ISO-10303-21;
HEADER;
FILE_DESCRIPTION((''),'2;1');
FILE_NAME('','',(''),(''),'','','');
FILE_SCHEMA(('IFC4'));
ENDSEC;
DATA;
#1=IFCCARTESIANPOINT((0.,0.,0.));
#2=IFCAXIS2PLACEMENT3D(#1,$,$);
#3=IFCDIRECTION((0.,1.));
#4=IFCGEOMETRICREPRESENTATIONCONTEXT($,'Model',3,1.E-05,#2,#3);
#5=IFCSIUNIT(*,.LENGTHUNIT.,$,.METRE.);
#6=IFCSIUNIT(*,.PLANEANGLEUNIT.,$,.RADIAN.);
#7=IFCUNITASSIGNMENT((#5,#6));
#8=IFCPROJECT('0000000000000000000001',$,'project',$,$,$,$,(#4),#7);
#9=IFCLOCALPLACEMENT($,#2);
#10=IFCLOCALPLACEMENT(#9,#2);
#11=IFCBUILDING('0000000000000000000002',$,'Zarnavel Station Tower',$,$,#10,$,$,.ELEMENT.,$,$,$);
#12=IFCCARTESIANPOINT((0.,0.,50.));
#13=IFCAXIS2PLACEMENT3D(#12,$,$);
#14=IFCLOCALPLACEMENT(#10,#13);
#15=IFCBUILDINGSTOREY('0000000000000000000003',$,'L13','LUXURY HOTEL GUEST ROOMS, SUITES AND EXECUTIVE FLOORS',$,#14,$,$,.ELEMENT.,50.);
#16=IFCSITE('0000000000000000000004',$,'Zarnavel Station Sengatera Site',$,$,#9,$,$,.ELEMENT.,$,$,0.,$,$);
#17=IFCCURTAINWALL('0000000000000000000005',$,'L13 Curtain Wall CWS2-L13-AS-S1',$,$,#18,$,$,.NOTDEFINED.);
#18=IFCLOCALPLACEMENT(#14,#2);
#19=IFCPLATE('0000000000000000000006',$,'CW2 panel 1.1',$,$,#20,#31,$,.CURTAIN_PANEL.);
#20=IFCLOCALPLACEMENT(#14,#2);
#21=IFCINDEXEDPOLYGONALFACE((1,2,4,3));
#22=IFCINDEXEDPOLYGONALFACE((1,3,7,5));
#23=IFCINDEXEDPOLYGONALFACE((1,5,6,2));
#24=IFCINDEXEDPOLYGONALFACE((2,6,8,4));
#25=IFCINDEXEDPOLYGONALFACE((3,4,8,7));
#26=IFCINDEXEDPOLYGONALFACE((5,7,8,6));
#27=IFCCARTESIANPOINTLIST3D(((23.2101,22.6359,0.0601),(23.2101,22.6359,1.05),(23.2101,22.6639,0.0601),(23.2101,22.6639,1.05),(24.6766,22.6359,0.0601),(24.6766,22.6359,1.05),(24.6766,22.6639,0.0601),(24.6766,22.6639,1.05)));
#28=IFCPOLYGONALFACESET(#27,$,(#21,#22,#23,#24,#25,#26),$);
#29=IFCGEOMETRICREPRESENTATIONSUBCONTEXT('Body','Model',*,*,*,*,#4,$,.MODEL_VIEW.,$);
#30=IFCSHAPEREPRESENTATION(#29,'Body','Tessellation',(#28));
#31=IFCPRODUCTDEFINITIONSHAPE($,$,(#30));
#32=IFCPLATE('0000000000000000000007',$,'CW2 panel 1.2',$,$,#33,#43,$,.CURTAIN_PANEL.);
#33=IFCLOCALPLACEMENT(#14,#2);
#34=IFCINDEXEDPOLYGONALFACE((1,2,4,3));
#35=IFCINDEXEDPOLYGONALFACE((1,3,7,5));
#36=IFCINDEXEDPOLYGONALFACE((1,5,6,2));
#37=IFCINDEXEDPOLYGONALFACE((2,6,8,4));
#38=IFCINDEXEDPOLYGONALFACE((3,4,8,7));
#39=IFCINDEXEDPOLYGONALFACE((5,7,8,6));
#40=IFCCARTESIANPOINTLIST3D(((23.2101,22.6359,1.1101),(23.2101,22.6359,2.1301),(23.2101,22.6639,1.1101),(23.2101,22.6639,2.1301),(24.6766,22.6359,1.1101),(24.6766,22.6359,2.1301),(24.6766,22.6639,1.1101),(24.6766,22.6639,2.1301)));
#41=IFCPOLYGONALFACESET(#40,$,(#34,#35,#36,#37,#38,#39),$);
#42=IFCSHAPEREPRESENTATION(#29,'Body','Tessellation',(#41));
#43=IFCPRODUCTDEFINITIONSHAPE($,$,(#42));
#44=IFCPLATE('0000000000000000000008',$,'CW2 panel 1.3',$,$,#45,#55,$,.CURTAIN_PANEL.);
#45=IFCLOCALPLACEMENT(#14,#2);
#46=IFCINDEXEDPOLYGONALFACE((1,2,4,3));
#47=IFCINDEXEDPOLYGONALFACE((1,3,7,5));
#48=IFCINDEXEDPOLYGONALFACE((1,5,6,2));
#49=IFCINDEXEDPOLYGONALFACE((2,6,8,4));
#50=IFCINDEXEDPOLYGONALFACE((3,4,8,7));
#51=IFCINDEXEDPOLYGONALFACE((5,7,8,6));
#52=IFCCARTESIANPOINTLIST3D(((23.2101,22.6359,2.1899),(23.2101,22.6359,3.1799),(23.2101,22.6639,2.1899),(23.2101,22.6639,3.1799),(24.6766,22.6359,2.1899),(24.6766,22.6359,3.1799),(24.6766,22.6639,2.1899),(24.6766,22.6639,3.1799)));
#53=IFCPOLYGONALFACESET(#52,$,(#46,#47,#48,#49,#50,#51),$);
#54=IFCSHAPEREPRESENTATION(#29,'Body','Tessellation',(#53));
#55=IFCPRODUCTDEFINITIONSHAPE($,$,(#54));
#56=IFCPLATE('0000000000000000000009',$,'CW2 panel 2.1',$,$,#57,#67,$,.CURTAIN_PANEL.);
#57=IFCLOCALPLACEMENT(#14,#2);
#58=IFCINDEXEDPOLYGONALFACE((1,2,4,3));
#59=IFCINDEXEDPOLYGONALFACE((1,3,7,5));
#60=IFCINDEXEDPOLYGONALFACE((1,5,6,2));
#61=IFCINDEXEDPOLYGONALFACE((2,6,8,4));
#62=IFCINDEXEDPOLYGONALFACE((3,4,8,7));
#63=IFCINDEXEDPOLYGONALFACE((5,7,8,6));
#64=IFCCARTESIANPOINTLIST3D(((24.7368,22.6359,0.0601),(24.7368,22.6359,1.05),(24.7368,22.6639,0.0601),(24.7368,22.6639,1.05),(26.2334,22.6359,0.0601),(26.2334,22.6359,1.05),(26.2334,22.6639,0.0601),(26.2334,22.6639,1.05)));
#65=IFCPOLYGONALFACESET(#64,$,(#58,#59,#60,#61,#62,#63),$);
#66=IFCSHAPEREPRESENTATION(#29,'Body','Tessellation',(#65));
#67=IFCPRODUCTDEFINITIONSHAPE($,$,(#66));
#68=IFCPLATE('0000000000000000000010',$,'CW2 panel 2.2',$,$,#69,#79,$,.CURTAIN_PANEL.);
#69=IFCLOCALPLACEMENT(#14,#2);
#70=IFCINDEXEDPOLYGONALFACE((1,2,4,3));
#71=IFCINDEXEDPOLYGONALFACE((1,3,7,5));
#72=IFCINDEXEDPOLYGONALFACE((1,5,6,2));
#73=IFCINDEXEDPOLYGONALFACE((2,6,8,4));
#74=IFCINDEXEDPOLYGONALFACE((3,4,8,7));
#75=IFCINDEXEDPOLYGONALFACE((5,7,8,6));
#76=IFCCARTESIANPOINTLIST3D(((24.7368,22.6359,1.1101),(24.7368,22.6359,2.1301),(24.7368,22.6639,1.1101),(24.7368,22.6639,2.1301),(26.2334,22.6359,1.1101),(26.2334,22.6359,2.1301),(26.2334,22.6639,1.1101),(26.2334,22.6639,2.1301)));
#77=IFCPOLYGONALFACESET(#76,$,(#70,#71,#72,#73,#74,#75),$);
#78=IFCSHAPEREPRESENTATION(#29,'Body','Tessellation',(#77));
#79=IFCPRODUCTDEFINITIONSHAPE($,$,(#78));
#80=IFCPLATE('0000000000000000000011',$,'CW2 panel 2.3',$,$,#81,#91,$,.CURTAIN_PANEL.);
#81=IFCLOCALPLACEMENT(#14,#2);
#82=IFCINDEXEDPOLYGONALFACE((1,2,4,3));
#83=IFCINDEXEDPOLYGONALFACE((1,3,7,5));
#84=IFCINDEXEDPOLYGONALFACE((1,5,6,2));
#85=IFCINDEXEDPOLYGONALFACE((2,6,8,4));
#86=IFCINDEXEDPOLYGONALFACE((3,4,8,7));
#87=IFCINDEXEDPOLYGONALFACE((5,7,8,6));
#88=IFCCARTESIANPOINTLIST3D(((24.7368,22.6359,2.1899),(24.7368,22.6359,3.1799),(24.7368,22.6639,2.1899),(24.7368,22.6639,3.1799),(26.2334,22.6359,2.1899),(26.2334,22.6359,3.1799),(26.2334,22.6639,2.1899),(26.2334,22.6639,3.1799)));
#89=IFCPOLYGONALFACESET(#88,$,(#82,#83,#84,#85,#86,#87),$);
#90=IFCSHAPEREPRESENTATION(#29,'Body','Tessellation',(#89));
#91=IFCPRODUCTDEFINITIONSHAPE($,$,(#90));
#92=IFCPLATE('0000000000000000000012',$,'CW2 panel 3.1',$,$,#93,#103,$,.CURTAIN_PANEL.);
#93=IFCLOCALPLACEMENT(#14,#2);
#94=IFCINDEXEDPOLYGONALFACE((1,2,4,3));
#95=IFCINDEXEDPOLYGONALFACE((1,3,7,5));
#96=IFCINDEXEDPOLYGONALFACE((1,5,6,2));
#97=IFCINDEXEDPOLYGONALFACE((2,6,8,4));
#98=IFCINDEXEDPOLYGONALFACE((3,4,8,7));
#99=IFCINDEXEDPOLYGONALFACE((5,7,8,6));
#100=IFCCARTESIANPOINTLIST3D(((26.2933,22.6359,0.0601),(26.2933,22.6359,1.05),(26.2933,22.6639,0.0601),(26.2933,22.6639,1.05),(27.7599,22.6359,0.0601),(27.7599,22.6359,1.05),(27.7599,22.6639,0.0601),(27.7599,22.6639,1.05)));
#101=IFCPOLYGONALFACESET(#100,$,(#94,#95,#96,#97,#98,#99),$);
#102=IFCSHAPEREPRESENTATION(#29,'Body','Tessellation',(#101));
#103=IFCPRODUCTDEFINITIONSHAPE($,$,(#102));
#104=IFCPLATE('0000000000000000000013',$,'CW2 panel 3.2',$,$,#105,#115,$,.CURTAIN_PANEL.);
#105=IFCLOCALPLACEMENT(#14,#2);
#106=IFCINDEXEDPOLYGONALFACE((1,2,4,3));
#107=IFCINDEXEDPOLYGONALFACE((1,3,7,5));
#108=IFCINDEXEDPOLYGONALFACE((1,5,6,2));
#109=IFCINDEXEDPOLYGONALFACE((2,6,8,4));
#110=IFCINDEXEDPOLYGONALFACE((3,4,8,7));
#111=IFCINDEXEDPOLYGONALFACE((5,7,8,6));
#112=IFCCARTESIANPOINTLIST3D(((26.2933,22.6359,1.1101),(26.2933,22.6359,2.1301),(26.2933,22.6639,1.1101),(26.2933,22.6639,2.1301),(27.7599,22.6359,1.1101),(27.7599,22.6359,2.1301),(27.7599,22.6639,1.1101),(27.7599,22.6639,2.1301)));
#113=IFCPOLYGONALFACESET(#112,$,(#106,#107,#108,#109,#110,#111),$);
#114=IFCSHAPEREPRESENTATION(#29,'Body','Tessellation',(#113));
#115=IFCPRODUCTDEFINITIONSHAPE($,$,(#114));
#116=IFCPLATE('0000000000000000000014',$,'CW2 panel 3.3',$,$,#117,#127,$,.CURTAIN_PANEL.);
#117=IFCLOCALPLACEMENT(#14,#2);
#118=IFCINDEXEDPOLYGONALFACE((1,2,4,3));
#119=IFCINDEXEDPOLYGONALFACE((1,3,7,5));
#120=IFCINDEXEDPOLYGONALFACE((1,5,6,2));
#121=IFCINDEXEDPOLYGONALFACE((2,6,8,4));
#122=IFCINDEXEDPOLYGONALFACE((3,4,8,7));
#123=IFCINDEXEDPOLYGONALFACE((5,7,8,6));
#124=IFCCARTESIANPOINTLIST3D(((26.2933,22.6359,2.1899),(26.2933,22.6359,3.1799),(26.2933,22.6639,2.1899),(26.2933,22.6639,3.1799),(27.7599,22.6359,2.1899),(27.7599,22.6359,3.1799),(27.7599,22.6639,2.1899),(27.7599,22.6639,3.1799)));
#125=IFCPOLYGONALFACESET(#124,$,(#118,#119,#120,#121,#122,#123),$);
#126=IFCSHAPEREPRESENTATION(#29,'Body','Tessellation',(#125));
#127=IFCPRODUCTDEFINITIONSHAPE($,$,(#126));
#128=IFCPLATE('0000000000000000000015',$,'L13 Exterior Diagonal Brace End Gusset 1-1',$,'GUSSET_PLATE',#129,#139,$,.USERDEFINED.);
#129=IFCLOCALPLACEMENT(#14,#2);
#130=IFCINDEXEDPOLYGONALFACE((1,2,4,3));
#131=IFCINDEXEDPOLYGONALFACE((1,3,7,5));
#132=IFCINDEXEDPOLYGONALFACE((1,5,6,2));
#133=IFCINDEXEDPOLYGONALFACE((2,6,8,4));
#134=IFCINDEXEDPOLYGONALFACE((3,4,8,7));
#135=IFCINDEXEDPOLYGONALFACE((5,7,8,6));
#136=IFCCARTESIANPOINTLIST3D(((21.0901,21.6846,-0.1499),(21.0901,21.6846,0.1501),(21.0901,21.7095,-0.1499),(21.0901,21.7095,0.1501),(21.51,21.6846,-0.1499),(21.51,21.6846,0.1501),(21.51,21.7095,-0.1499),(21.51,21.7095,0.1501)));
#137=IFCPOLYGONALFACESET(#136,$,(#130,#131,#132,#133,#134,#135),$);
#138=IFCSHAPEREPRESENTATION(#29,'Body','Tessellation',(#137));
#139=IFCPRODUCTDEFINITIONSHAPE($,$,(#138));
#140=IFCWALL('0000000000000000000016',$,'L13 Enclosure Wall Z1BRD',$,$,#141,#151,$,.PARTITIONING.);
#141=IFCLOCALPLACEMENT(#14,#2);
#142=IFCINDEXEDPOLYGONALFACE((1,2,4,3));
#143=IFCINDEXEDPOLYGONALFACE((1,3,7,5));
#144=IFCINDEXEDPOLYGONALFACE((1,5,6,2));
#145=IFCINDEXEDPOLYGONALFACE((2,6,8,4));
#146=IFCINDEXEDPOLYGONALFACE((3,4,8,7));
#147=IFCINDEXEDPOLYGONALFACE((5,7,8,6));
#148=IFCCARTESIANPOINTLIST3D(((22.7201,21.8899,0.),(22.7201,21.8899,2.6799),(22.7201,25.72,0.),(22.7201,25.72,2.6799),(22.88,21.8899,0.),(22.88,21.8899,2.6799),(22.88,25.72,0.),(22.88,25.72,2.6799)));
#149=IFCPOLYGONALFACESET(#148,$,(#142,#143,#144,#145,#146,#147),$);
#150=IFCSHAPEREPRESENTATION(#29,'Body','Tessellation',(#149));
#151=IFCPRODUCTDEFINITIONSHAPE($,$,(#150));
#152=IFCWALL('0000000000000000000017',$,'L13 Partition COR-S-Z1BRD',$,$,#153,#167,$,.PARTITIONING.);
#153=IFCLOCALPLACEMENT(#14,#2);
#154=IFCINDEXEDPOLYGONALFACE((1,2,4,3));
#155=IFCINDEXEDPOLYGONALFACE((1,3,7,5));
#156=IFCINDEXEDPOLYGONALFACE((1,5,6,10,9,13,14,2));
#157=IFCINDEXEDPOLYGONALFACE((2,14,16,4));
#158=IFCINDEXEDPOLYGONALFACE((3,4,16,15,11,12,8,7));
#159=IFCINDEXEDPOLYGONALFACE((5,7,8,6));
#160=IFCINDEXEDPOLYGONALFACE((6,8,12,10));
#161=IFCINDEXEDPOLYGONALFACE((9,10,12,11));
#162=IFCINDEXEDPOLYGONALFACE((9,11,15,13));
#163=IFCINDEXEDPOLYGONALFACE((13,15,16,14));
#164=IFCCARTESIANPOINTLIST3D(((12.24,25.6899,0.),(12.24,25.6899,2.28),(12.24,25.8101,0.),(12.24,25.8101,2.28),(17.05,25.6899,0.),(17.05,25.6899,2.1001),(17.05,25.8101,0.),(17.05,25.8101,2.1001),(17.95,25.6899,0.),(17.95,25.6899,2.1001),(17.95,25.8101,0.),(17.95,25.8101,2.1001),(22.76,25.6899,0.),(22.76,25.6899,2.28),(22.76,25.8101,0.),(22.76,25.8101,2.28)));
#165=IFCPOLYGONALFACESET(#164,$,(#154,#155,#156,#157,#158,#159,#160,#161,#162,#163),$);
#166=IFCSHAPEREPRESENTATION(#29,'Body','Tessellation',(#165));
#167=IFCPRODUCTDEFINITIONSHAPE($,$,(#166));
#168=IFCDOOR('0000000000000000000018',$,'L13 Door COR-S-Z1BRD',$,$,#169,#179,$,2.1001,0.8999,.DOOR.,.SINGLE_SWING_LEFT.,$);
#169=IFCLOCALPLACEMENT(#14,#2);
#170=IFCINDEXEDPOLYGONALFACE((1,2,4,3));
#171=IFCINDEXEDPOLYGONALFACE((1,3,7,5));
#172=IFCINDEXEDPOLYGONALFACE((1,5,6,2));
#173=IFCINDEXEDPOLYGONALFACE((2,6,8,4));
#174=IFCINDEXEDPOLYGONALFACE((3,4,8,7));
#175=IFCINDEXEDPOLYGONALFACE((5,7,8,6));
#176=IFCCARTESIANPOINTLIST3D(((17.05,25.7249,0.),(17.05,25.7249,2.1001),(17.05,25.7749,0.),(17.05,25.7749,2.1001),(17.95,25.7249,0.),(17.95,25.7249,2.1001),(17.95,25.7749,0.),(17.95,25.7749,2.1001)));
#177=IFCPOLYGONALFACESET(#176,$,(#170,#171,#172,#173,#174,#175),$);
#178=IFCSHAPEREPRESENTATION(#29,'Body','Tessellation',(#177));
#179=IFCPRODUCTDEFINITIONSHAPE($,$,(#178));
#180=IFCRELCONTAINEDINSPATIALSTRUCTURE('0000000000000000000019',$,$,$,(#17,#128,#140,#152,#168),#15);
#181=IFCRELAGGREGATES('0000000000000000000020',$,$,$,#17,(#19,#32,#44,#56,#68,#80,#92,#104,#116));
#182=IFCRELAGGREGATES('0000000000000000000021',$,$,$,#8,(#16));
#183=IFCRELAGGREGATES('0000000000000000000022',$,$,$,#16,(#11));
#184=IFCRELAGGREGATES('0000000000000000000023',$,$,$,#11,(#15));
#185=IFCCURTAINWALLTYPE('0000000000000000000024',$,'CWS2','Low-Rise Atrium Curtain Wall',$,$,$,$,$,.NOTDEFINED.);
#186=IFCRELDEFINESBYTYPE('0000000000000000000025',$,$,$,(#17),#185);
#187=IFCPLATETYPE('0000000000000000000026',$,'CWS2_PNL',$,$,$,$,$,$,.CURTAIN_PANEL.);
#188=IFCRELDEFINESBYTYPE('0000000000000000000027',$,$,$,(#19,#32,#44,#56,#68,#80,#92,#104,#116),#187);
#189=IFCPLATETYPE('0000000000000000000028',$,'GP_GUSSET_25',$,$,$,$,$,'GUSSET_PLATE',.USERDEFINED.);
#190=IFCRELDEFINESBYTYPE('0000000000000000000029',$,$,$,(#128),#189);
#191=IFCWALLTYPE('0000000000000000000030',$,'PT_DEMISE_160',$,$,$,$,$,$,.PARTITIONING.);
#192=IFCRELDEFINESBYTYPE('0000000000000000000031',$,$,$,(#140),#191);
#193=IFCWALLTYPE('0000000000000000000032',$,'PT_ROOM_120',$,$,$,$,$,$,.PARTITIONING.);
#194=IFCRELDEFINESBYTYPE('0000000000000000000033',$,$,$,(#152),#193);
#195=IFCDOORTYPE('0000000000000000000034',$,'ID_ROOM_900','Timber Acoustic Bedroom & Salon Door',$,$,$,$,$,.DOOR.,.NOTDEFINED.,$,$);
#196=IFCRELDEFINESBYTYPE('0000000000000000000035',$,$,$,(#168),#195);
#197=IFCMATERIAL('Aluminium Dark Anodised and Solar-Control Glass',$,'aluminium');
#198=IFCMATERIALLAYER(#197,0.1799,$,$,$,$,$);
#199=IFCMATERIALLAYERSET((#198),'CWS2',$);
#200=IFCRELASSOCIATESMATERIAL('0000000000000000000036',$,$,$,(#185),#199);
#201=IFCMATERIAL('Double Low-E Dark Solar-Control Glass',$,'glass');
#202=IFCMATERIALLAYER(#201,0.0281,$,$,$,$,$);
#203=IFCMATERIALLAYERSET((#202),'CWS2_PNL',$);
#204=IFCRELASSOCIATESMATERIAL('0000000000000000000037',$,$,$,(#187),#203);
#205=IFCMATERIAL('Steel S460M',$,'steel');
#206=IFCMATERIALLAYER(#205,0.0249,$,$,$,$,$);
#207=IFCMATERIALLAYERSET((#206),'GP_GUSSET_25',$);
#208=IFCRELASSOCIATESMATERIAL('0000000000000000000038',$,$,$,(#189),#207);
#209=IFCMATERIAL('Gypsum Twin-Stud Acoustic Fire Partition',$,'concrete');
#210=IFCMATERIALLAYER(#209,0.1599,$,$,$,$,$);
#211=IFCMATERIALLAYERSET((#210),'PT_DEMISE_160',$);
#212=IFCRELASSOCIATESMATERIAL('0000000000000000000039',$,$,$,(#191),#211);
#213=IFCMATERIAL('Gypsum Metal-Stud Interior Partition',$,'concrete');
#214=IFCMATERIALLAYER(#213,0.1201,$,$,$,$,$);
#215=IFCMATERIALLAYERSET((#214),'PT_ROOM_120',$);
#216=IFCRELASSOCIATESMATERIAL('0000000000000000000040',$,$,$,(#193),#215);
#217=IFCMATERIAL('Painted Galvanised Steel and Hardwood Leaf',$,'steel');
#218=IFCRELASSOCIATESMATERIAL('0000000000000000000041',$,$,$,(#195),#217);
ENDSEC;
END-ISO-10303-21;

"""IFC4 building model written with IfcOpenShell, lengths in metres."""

from ifc_helpers import new_model, si_unit, direction, frame, frame_2d, origin, origin_2d, place, context, subcontext, project, spatial, rectangle, extrude, material, layer, layer_set, type_object, element, fill, aggregate, save


model = new_model("IFC4")

# Units and contexts
model_context = context("Model", 3, precision=1e-05, world=origin(), true_north=direction((0.0, 1.0)))
body_context = subcontext(model_context, "Body", "Model", "MODEL_VIEW")
ifc_project = project(units=[si_unit("LENGTHUNIT", "METRE"), si_unit("PLANEANGLEUNIT", "RADIAN")], contexts=[model_context])

# Site, building, storey
site_placement = place(None, origin())
site = spatial("IfcSite", under=ifc_project, at=site_placement, Name="Zarnavel Station Sengatera Site", CompositionType="ELEMENT", RefElevation=0.0)
building_placement = place(site_placement, origin())
building = spatial("IfcBuilding", under=site, at=building_placement, Name="Zarnavel Station Tower", CompositionType="ELEMENT")
storey_placement = place(building_placement, frame((0.0, 0.0, 50.0)))
storey = spatial("IfcBuildingStorey", under=building, at=storey_placement, Name="L13", Description="LUXURY HOTEL GUEST ROOMS, SUITES AND EXECUTIVE FLOORS", CompositionType="ELEMENT", Elevation=50.0)

# Curtain wall
ifc_material_1 = material(Name="Aluminium Dark Anodised and Solar-Control Glass", Category="aluminium")
ifc_layer_1 = layer(ifc_material_1, 0.1799)
ifc_layer_set_1 = layer_set([ifc_layer_1], Name="CWS2")
curtain_wall_type = type_object("IfcCurtainWallType", Name="CWS2", Description="Low-Rise Atrium Curtain Wall", PredefinedType="NOTDEFINED", material=ifc_layer_set_1)
curtain_wall_placement = place(storey_placement, origin())
curtain_wall = element("IfcCurtainWall", 1, at=curtain_wall_placement, inside=storey, type_object=curtain_wall_type, Name="L13 Curtain Wall CWS2-L13-AS-S1", PredefinedType="NOTDEFINED")

# Plates
ifc_material_2 = material(Name="Double Low-E Dark Solar-Control Glass", Category="glass")
ifc_layer_2 = layer(ifc_material_2, 0.0281)
ifc_layer_set_2 = layer_set([ifc_layer_2], Name="CWS2_PNL")
plate_type_1 = type_object("IfcPlateType", Name="CWS2_PNL", PredefinedType="CURTAIN_PANEL", material=ifc_layer_set_2)
plate_1_placement = place(storey_placement, frame((23.9434, 22.6499, 0.0601), z_axis=(0.0, 0.0, 1.0), x_axis=(1.0, 0.0, 0.0)))
plate_1 = element("IfcPlate", 2, at=plate_1_placement, type_object=plate_type_1, Name="CW2 panel 1.1", PredefinedType="CURTAIN_PANEL", context=body_context, shape_type="SweptSolid", body=[
    extrude(rectangle(XDim=1.4666, YDim=0.0281, at=origin_2d()), origin(), (0.0, 0.0, 1.0), 0.99),
])
plate_2_placement = place(storey_placement, frame((23.9434, 22.6499, 1.1101), z_axis=(0.0, 0.0, 1.0), x_axis=(1.0, 0.0, 0.0)))
plate_2 = element("IfcPlate", 3, at=plate_2_placement, type_object=plate_type_1, Name="CW2 panel 1.2", PredefinedType="CURTAIN_PANEL", context=body_context, shape_type="SweptSolid", body=[
    extrude(rectangle(XDim=1.4666, YDim=0.0281, at=origin_2d()), origin(), (0.0, 0.0, 1.0), 1.02),
])
plate_3_placement = place(storey_placement, frame((23.9434, 22.6499, 2.1899), z_axis=(0.0, 0.0, 1.0), x_axis=(1.0, 0.0, 0.0)))
plate_3 = element("IfcPlate", 4, at=plate_3_placement, type_object=plate_type_1, Name="CW2 panel 1.3", PredefinedType="CURTAIN_PANEL", context=body_context, shape_type="SweptSolid", body=[
    extrude(rectangle(XDim=1.4666, YDim=0.0281, at=origin_2d()), origin(), (0.0, 0.0, 1.0), 0.99),
])
plate_4_placement = place(storey_placement, frame((25.4851, 22.6499, 0.0601), z_axis=(0.0, 0.0, 1.0), x_axis=(1.0, 0.0, 0.0)))
plate_4 = element("IfcPlate", 5, at=plate_4_placement, type_object=plate_type_1, Name="CW2 panel 2.1", PredefinedType="CURTAIN_PANEL", context=body_context, shape_type="SweptSolid", body=[
    extrude(rectangle(XDim=1.4966, YDim=0.0281, at=origin_2d()), origin(), (0.0, 0.0, 1.0), 0.99),
])
plate_5_placement = place(storey_placement, frame((25.4851, 22.6499, 1.1101), z_axis=(0.0, 0.0, 1.0), x_axis=(1.0, 0.0, 0.0)))
plate_5 = element("IfcPlate", 6, at=plate_5_placement, type_object=plate_type_1, Name="CW2 panel 2.2", PredefinedType="CURTAIN_PANEL", context=body_context, shape_type="SweptSolid", body=[
    extrude(rectangle(XDim=1.4966, YDim=0.0281, at=origin_2d()), origin(), (0.0, 0.0, 1.0), 1.02),
])
plate_6_placement = place(storey_placement, frame((25.4851, 22.6499, 2.1899), z_axis=(0.0, 0.0, 1.0), x_axis=(1.0, 0.0, 0.0)))
plate_6 = element("IfcPlate", 7, at=plate_6_placement, type_object=plate_type_1, Name="CW2 panel 2.3", PredefinedType="CURTAIN_PANEL", context=body_context, shape_type="SweptSolid", body=[
    extrude(rectangle(XDim=1.4966, YDim=0.0281, at=origin_2d()), origin(), (0.0, 0.0, 1.0), 0.99),
])
plate_7_placement = place(storey_placement, frame((27.0266, 22.6499, 0.0601), z_axis=(0.0, 0.0, 1.0), x_axis=(1.0, 0.0, 0.0)))
plate_7 = element("IfcPlate", 8, at=plate_7_placement, type_object=plate_type_1, Name="CW2 panel 3.1", PredefinedType="CURTAIN_PANEL", context=body_context, shape_type="SweptSolid", body=[
    extrude(rectangle(XDim=1.4666, YDim=0.0281, at=origin_2d()), origin(), (0.0, 0.0, 1.0), 0.99),
])
plate_8_placement = place(storey_placement, frame((27.0266, 22.6499, 1.1101), z_axis=(0.0, 0.0, 1.0), x_axis=(1.0, 0.0, 0.0)))
plate_8 = element("IfcPlate", 9, at=plate_8_placement, type_object=plate_type_1, Name="CW2 panel 3.2", PredefinedType="CURTAIN_PANEL", context=body_context, shape_type="SweptSolid", body=[
    extrude(rectangle(XDim=1.4666, YDim=0.0281, at=origin_2d()), origin(), (0.0, 0.0, 1.0), 1.02),
])
plate_9_placement = place(storey_placement, frame((27.0266, 22.6499, 2.1899), z_axis=(0.0, 0.0, 1.0), x_axis=(1.0, 0.0, 0.0)))
plate_9 = element("IfcPlate", 10, at=plate_9_placement, type_object=plate_type_1, Name="CW2 panel 3.3", PredefinedType="CURTAIN_PANEL", context=body_context, shape_type="SweptSolid", body=[
    extrude(rectangle(XDim=1.4666, YDim=0.0281, at=origin_2d()), origin(), (0.0, 0.0, 1.0), 0.99),
])
aggregate(curtain_wall, [plate_1, plate_2, plate_3, plate_4, plate_5, plate_6, plate_7, plate_8, plate_9])
ifc_material_3 = material(Name="Steel S460M", Category="steel")
ifc_layer_3 = layer(ifc_material_3, 0.0249)
ifc_layer_set_3 = layer_set([ifc_layer_3], Name="GP_GUSSET_25")
plate_type_2 = type_object("IfcPlateType", Name="GP_GUSSET_25", ElementType="GUSSET_PLATE", PredefinedType="USERDEFINED", material=ifc_layer_set_3)
plate_10_placement = place(storey_placement, frame((21.3, 21.697, -0.1499), z_axis=(0.0, 0.0, 1.0), x_axis=(1.0, 0.0, 0.0)))
element("IfcPlate", 11, at=plate_10_placement, inside=storey, type_object=plate_type_2, Name="L13 Exterior Diagonal Brace End Gusset 1-1", ObjectType="GUSSET_PLATE", PredefinedType="USERDEFINED", context=body_context, shape_type="SweptSolid", body=[
    extrude(rectangle(XDim=0.4199, YDim=0.0249, at=origin_2d()), origin(), (0.0, 0.0, 1.0), 0.3),
])

# Wall
ifc_material_4 = material(Name="Gypsum Twin-Stud Acoustic Fire Partition", Category="concrete")
ifc_layer_4 = layer(ifc_material_4, 0.1599)
ifc_layer_set_4 = layer_set([ifc_layer_4], Name="PT_DEMISE_160")
wall_type_1 = type_object("IfcWallType", Name="PT_DEMISE_160", PredefinedType="PARTITIONING", material=ifc_layer_set_4)
wall_1_placement = place(storey_placement, frame((22.8, 21.8899, 0.0), z_axis=(0.0, 0.0, 1.0), x_axis=(0.0, 1.0, 0.0)))
element("IfcWall", 12, at=wall_1_placement, inside=storey, type_object=wall_type_1, Name="L13 Enclosure Wall Z1BRD", PredefinedType="PARTITIONING", context=body_context, shape_type="SweptSolid", body=[
    extrude(rectangle(XDim=3.8301, YDim=0.1599, at=frame_2d((1.915, 0.0))), origin(), (0.0, 0.0, 1.0), 2.6799),
])

# Wall, opening, door
ifc_material_5 = material(Name="Gypsum Metal-Stud Interior Partition", Category="concrete")
ifc_layer_5 = layer(ifc_material_5, 0.1201)
ifc_layer_set_5 = layer_set([ifc_layer_5], Name="PT_ROOM_120")
wall_type_2 = type_object("IfcWallType", Name="PT_ROOM_120", PredefinedType="PARTITIONING", material=ifc_layer_set_5)
wall_2_placement = place(storey_placement, frame((12.24, 25.75, 0.0), z_axis=(0.0, 0.0, 1.0), x_axis=(1.0, 0.0, 0.0)))
wall_2 = element("IfcWall", 13, at=wall_2_placement, inside=storey, type_object=wall_type_2, Name="L13 Partition COR-S-Z1BRD", PredefinedType="PARTITIONING", context=body_context, shape_type="SweptSolid", body=[
    extrude(rectangle(XDim=10.52, YDim=0.1201, at=frame_2d((5.26, 0.0))), origin(), (0.0, 0.0, 1.0), 2.28),
])
opening_placement = place(wall_2_placement, frame((4.8101, 0.0, 0.0)))
opening = element("IfcOpeningElement", 14, at=opening_placement, cuts=wall_2, PredefinedType="OPENING", context=body_context, shape_type="SweptSolid", body=[
    extrude(rectangle(XDim=0.8999, YDim=2.1001, at=frame_2d((0.45, 1.05))), frame((0.0, 0.0701, 0.0), z_axis=(0.0, -1.0, 0.0), x_axis=(1.0, 0.0, 0.0)), (0.0, 0.0, 1.0), 0.1401),
])
ifc_material_6 = material(Name="Painted Galvanised Steel and Hardwood Leaf", Category="steel")
door_type = type_object("IfcDoorType", Name="ID_ROOM_900", Description="Timber Acoustic Bedroom & Salon Door", OperationType="NOTDEFINED", PredefinedType="DOOR", material=ifc_material_6)
door_placement = place(opening_placement, origin())
door = element("IfcDoor", 15, at=door_placement, inside=storey, type_object=door_type, Name="L13 Door COR-S-Z1BRD", OperationType="SINGLE_SWING_LEFT", OverallHeight=2.1001, OverallWidth=0.8999, PredefinedType="DOOR", context=body_context, shape_type="SweptSolid", body=[
    extrude(rectangle(XDim=0.8999, YDim=2.1001, at=frame_2d((0.45, 1.05))), frame((0.0, 0.0249, 0.0), z_axis=(0.0, -1.0, 0.0), x_axis=(1.0, 0.0, 0.0)), (0.0, 0.0, 1.0), 0.05),
])
fill(opening, door)

save(model, "model.ifc")
